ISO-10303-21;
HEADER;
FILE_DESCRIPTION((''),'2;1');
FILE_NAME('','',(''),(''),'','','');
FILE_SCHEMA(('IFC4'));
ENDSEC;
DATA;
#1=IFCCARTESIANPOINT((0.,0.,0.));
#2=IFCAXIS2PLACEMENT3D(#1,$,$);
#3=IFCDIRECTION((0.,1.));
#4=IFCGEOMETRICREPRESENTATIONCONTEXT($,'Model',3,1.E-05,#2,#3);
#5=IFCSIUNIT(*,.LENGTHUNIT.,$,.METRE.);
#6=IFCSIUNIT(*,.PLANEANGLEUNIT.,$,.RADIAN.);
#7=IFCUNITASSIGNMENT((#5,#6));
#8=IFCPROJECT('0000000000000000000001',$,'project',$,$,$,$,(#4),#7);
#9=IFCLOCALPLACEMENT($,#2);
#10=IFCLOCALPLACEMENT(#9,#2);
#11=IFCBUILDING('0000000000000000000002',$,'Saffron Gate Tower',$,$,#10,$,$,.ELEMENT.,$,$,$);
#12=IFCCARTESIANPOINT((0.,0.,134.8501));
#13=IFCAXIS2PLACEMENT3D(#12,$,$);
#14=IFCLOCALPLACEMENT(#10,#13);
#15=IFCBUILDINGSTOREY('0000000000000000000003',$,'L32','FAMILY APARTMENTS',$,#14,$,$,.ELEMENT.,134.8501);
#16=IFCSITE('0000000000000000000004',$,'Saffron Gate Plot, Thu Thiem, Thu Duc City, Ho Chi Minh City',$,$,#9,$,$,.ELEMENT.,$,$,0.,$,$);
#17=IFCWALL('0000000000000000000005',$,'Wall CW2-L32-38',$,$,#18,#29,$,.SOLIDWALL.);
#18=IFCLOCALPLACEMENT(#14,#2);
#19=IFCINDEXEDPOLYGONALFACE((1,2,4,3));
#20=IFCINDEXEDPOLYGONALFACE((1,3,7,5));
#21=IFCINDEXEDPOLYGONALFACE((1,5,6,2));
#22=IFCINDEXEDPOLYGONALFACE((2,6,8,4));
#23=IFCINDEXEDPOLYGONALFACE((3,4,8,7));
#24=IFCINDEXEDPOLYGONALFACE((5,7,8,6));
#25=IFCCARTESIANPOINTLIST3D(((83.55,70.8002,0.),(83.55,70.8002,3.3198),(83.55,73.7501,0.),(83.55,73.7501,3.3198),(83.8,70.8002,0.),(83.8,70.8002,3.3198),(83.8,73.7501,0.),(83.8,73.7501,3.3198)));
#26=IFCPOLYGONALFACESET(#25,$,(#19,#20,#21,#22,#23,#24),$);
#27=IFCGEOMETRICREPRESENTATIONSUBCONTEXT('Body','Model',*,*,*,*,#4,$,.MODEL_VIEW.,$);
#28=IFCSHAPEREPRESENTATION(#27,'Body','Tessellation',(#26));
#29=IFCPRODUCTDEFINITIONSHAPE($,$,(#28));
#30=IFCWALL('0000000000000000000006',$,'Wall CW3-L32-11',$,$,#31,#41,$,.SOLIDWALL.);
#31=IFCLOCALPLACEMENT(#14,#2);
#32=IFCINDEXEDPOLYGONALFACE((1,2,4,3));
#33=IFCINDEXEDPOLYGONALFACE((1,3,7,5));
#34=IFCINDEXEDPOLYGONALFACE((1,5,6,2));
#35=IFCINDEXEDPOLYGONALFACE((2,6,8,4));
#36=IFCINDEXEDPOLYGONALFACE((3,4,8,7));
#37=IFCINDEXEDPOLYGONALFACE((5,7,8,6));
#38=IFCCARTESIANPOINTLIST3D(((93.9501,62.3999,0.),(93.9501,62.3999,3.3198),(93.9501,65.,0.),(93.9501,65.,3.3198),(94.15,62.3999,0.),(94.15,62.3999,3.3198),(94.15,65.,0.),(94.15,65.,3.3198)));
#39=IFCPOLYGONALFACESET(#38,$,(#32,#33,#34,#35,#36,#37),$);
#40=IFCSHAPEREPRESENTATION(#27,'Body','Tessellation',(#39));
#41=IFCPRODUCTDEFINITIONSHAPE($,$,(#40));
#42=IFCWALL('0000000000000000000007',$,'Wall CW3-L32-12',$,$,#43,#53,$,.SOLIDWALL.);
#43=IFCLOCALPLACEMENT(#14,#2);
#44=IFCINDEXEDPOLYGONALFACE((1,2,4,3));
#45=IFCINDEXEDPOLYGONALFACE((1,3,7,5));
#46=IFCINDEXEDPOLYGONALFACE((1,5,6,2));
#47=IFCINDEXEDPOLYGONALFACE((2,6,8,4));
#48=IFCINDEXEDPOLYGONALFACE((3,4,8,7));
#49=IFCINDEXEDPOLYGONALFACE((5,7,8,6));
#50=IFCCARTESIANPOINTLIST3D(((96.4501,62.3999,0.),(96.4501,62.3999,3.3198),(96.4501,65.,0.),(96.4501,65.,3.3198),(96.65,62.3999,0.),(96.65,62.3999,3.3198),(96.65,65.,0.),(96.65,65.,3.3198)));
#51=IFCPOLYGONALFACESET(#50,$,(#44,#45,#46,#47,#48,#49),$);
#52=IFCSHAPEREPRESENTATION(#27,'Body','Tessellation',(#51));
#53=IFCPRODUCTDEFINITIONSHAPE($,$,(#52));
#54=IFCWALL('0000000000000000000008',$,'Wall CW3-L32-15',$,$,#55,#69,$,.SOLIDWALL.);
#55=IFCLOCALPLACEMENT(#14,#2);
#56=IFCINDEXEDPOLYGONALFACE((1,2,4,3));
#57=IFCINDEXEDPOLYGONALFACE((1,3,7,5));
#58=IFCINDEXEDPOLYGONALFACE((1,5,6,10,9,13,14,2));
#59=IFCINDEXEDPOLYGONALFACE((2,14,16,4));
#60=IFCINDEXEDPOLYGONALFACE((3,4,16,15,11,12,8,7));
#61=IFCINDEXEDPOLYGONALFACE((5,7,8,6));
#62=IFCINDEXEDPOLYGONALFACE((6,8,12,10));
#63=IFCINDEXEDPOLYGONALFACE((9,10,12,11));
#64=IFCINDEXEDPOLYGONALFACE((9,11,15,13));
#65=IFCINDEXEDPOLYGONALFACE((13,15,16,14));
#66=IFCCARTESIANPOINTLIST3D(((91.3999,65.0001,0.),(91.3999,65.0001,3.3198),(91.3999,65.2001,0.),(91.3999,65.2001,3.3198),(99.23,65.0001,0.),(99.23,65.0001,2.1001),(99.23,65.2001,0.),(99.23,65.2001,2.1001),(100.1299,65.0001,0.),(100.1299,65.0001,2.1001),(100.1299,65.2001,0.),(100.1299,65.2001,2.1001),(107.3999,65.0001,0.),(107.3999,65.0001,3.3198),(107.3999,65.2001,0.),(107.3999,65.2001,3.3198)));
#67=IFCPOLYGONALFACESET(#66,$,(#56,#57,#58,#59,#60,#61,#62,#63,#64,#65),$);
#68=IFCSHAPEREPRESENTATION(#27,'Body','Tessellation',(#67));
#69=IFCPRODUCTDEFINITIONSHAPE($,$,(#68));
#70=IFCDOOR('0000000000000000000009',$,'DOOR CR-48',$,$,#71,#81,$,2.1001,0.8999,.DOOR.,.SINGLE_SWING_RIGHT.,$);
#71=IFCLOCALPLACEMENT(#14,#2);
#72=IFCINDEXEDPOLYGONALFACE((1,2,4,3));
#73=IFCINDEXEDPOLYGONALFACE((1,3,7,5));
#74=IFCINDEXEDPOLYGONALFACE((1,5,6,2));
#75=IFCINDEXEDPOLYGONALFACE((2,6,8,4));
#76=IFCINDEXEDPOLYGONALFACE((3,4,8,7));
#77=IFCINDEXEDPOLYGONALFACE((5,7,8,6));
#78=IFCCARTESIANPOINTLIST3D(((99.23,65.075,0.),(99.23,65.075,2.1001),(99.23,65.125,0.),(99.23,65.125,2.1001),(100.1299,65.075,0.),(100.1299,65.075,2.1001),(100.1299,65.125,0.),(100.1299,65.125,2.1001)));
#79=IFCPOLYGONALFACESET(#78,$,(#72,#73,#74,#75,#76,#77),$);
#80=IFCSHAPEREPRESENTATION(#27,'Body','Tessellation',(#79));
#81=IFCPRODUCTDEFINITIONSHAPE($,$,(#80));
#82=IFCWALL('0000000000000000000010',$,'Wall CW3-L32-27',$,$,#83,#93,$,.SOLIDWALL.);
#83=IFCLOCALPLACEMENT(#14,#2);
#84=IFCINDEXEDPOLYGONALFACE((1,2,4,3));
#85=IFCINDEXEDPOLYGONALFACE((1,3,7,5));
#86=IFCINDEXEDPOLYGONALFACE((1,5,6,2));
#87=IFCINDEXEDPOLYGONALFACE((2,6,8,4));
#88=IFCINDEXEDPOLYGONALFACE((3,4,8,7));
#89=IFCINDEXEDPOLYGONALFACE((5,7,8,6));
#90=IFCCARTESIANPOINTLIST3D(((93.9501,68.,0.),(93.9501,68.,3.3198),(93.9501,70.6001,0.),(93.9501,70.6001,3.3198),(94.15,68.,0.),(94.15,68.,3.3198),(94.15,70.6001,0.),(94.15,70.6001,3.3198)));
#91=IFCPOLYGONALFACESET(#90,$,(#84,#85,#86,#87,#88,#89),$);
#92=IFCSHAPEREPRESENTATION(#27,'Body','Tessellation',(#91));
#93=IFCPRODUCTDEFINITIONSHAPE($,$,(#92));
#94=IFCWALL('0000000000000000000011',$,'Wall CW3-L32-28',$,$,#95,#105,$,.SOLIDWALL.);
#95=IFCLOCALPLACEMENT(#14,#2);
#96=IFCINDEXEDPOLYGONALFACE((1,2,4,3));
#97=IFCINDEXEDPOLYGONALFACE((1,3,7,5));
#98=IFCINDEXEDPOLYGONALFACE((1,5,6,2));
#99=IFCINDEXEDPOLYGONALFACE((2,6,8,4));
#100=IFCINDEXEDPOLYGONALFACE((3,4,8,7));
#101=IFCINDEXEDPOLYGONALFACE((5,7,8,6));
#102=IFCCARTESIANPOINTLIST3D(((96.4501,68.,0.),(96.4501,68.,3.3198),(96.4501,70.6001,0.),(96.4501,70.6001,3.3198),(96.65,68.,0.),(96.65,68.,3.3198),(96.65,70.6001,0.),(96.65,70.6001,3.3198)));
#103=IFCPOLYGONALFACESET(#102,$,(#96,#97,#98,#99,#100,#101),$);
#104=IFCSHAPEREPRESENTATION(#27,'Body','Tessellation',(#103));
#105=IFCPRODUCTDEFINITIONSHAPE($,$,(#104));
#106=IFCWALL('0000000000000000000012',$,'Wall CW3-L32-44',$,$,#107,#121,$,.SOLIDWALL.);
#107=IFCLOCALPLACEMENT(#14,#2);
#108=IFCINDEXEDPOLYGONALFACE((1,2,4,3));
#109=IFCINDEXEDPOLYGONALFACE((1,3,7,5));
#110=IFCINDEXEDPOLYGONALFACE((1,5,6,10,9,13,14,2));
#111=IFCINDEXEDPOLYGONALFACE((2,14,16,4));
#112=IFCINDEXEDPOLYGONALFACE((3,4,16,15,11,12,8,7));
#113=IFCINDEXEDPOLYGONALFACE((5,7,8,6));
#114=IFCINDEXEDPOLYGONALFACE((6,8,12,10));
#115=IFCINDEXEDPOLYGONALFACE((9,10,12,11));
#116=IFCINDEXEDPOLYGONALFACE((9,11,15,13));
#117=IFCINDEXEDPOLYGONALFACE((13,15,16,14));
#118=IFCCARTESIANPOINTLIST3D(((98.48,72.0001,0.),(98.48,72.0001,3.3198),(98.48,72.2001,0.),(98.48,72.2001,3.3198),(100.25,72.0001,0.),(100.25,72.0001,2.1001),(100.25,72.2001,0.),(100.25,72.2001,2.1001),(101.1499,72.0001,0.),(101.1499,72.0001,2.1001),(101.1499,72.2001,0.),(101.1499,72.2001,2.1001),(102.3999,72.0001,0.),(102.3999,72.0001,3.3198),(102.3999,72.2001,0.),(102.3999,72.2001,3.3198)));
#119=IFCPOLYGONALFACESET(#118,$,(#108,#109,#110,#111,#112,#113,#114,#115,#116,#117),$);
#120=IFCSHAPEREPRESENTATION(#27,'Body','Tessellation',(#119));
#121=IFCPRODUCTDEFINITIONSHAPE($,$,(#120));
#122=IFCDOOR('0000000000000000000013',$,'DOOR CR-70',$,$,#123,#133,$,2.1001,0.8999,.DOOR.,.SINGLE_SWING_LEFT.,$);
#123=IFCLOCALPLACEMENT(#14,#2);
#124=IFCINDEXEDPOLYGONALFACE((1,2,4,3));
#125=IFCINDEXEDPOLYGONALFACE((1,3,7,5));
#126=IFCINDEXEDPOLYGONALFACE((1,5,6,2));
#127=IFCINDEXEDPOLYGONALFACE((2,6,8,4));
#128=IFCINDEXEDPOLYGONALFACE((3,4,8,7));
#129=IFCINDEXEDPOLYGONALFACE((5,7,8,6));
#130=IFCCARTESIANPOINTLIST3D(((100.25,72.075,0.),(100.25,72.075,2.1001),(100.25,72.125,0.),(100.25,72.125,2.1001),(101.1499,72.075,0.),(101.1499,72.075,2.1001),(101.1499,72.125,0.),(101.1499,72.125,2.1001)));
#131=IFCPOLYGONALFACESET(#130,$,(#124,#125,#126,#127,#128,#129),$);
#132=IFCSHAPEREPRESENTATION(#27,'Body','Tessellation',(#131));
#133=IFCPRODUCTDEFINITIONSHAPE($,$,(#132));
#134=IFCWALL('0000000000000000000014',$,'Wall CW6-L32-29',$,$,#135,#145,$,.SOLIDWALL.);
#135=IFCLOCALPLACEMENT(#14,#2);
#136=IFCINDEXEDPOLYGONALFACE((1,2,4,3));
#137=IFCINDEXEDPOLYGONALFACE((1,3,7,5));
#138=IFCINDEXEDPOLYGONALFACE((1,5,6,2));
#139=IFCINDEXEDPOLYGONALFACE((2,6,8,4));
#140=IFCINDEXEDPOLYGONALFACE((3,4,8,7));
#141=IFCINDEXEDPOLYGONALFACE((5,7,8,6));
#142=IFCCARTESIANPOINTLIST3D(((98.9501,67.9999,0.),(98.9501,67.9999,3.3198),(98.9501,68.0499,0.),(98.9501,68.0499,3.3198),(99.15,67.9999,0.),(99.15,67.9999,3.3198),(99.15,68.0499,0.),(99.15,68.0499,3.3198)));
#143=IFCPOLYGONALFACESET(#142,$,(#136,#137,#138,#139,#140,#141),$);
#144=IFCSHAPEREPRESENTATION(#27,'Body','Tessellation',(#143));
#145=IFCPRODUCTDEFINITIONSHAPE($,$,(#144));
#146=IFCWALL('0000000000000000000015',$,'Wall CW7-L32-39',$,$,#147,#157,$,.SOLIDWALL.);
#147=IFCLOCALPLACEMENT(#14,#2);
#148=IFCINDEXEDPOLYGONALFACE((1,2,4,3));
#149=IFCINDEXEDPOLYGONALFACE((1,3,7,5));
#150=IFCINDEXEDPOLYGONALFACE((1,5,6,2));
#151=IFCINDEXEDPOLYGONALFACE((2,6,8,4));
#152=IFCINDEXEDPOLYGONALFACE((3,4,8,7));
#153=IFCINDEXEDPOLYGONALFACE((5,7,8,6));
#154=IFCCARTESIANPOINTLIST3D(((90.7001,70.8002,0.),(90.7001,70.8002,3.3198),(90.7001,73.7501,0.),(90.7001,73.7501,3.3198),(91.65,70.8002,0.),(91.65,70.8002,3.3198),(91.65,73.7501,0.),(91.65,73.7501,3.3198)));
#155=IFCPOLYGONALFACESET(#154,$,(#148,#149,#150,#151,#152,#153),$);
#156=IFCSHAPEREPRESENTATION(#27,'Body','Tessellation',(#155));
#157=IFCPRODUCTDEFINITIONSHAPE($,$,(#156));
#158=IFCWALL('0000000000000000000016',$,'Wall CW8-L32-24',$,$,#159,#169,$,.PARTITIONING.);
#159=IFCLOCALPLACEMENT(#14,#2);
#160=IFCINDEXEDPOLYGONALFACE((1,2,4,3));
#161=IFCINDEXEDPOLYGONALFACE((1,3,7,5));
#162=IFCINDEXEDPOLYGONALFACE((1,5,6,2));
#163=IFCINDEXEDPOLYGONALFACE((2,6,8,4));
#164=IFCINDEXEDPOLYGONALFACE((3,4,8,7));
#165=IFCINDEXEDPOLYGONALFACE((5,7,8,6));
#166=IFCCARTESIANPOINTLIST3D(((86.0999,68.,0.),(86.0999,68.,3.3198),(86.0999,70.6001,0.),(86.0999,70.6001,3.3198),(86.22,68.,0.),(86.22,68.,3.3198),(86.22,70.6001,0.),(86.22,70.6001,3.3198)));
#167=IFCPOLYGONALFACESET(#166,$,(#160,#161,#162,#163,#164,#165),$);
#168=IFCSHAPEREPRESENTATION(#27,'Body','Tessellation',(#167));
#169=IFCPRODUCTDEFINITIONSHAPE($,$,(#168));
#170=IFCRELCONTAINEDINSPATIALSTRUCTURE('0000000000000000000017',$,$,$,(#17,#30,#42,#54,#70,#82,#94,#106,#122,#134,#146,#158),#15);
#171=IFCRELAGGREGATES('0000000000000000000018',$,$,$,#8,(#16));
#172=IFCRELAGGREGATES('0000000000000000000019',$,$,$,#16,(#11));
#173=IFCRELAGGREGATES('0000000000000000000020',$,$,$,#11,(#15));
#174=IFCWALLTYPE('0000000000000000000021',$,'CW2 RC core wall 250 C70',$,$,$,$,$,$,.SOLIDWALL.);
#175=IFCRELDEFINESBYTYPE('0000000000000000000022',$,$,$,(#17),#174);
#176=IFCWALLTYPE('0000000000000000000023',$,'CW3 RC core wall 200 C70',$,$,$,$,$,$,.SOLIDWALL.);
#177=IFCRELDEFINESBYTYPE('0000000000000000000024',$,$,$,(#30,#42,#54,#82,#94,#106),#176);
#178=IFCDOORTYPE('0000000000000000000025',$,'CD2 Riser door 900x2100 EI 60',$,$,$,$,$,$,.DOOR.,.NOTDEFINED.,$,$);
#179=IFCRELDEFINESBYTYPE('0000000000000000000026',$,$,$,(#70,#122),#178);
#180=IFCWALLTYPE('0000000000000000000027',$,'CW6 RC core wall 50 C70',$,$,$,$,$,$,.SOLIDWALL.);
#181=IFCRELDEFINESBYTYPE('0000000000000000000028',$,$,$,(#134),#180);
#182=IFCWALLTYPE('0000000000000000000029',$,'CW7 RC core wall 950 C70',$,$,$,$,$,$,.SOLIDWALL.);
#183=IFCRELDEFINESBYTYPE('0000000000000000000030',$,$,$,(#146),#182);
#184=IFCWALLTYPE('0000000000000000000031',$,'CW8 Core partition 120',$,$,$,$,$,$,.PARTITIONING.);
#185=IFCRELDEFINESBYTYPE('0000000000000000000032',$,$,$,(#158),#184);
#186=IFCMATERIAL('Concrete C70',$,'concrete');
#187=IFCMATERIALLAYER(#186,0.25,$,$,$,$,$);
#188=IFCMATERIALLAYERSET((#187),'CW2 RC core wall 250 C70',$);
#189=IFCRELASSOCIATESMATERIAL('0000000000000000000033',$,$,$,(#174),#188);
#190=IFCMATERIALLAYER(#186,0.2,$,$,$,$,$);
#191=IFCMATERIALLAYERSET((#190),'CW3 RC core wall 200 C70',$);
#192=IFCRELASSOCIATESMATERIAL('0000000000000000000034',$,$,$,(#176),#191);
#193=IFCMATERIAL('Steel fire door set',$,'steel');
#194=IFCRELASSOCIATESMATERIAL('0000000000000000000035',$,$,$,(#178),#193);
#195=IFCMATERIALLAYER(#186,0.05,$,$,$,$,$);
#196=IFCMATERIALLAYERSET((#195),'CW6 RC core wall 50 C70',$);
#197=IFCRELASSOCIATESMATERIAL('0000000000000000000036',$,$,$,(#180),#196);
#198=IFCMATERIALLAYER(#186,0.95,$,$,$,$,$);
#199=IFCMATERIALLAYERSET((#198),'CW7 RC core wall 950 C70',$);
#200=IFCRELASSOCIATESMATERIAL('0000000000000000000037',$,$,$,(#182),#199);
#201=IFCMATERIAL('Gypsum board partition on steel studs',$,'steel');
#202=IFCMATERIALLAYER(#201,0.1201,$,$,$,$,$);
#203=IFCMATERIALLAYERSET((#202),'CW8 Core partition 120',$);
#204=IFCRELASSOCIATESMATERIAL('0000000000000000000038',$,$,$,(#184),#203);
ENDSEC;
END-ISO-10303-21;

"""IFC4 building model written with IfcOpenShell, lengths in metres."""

from ifc_helpers import new_model, si_unit, direction, frame, frame_2d, origin, place, context, subcontext, project, spatial, rectangle, extrude, material, layer, layer_set, type_object, element, fill, save


model = new_model("IFC4")

# Units and contexts
model_context = context("Model", 3, precision=1e-05, world=origin(), true_north=direction((0.0, 1.0)))
body_context = subcontext(model_context, "Body", "Model", "MODEL_VIEW")
ifc_project = project(units=[si_unit("LENGTHUNIT", "METRE"), si_unit("PLANEANGLEUNIT", "RADIAN")], contexts=[model_context])

# Site, building, storey
site_placement = place(None, origin())
site = spatial("IfcSite", under=ifc_project, at=site_placement, Name="Saffron Gate Plot, Thu Thiem, Thu Duc City, Ho Chi Minh City", CompositionType="ELEMENT", RefElevation=0.0)
building_placement = place(site_placement, origin())
building = spatial("IfcBuilding", under=site, at=building_placement, Name="Saffron Gate Tower", CompositionType="ELEMENT")
storey_placement = place(building_placement, frame((0.0, 0.0, 134.8501)))
storey = spatial("IfcBuildingStorey", under=building, at=storey_placement, Name="L32", Description="FAMILY APARTMENTS", CompositionType="ELEMENT", Elevation=134.8501)

# Shared definitions
ifc_material_1 = material(Name="Gypsum board partition on steel studs", Category="steel")
ifc_material_2 = material(Name="Concrete C70", Category="concrete")
ifc_layer_1 = layer(ifc_material_2, 0.25)
ifc_layer_set_1 = layer_set([ifc_layer_1], Name="CW2 RC core wall 250 C70")
wall_type_1 = type_object("IfcWallType", Name="CW2 RC core wall 250 C70", PredefinedType="SOLIDWALL", material=ifc_layer_set_1)

# Shared definitions
ifc_material_3 = material(Name="Steel fire door set", Category="steel")

# Walls
wall_1_placement = place(storey_placement, frame((83.675, 70.8, 0.0), z_axis=(0.0, 0.0, 1.0), x_axis=(0.0, 1.0, 0.0)))
element("IfcWall", 1, at=wall_1_placement, inside=storey, type_object=wall_type_1, Name="Wall CW2-L32-38", PredefinedType="SOLIDWALL", context=body_context, shape_type="SweptSolid", body=[
    extrude(rectangle(XDim=2.95, YDim=0.25, at=frame_2d((1.4751, 0.0))), origin(), (0.0, 0.0, 1.0), 3.3198),
])
ifc_layer_2 = layer(ifc_material_2, 0.2)
ifc_layer_set_2 = layer_set([ifc_layer_2], Name="CW3 RC core wall 200 C70")
wall_type_2 = type_object("IfcWallType", Name="CW3 RC core wall 200 C70", PredefinedType="SOLIDWALL", material=ifc_layer_set_2)
for number, where, z_axis, x_axis, name in (
    (2, (94.05, 62.3999, 0.0), (0.0, 0.0, 1.0), (0.0, 1.0, 0.0), "Wall CW3-L32-11"),
    (3, (96.55, 62.3999, 0.0), (0.0, 0.0, 1.0), (0.0, 1.0, 0.0), "Wall CW3-L32-12"),
):
    element("IfcWall", number, at=place(storey_placement, frame(where, z_axis=z_axis, x_axis=x_axis)), inside=storey, type_object=wall_type_2, Name=name, PredefinedType="SOLIDWALL", context=body_context, shape_type="SweptSolid", body=[
        extrude(rectangle(XDim=2.6001, YDim=0.2, at=frame_2d((1.3, 0.0))), origin(), (0.0, 0.0, 1.0), 3.3198),
    ])

# Wall, opening, door
wall_2_placement = place(storey_placement, frame((91.3999, 65.1001, 0.0), z_axis=(0.0, 0.0, 1.0), x_axis=(1.0, 0.0, 0.0)))
wall_2 = element("IfcWall", 4, at=wall_2_placement, inside=storey, type_object=wall_type_2, Name="Wall CW3-L32-15", PredefinedType="SOLIDWALL", context=body_context, shape_type="SweptSolid", body=[
    extrude(rectangle(XDim=16.0, YDim=0.2, at=frame_2d((8.0, 0.0))), origin(), (0.0, 0.0, 1.0), 3.3198),
])
opening_1_placement = place(wall_2_placement, frame((7.8301, 0.0, 0.0)))
opening_1 = element("IfcOpeningElement", 5, at=opening_1_placement, cuts=wall_2, PredefinedType="OPENING", context=body_context, shape_type="SweptSolid", body=[
    extrude(rectangle(XDim=0.8999, YDim=2.1001, at=frame_2d((0.45, 1.05))), frame((0.0, 0.1099, 0.0), z_axis=(0.0, -1.0, 0.0), x_axis=(1.0, 0.0, 0.0)), (0.0, 0.0, 1.0), 0.22),
])
door_type_1 = type_object("IfcDoorType", Name="CD2 Riser door 900x2100 EI 60", OperationType="NOTDEFINED", PredefinedType="DOOR", material=ifc_material_3)
door_1_placement = place(opening_1_placement, origin())
door_1 = element("IfcDoor", 6, at=door_1_placement, inside=storey, type_object=door_type_1, Name="DOOR CR-48", OperationType="SINGLE_SWING_RIGHT", OverallHeight=2.1001, OverallWidth=0.8999, PredefinedType="DOOR", context=body_context, shape_type="SweptSolid", body=[
    extrude(rectangle(XDim=0.8999, YDim=2.1001, at=frame_2d((0.45, 1.05))), frame((0.0, 0.0249, 0.0), z_axis=(0.0, -1.0, 0.0), x_axis=(1.0, 0.0, 0.0)), (0.0, 0.0, 1.0), 0.05),
])
fill(opening_1, door_1)

# Walls
for number, where, z_axis, x_axis, name in (
    (7, (94.05, 68.0, 0.0), (0.0, 0.0, 1.0), (0.0, 1.0, 0.0), "Wall CW3-L32-27"),
    (8, (96.55, 68.0, 0.0), (0.0, 0.0, 1.0), (0.0, 1.0, 0.0), "Wall CW3-L32-28"),
):
    element("IfcWall", number, at=place(storey_placement, frame(where, z_axis=z_axis, x_axis=x_axis)), inside=storey, type_object=wall_type_2, Name=name, PredefinedType="SOLIDWALL", context=body_context, shape_type="SweptSolid", body=[
        extrude(rectangle(XDim=2.6001, YDim=0.2, at=frame_2d((1.3, 0.0))), origin(), (0.0, 0.0, 1.0), 3.3198),
    ])

# Wall, opening, door
wall_3_placement = place(storey_placement, frame((98.48, 72.1001, 0.0), z_axis=(0.0, 0.0, 1.0), x_axis=(1.0, 0.0, 0.0)))
wall_3 = element("IfcWall", 9, at=wall_3_placement, inside=storey, type_object=wall_type_2, Name="Wall CW3-L32-44", PredefinedType="SOLIDWALL", context=body_context, shape_type="SweptSolid", body=[
    extrude(rectangle(XDim=3.9199, YDim=0.2, at=frame_2d((1.96, 0.0))), origin(), (0.0, 0.0, 1.0), 3.3198),
])
opening_2_placement = place(wall_3_placement, frame((1.77, 0.0, 0.0)))
opening_2 = element("IfcOpeningElement", 10, at=opening_2_placement, cuts=wall_3, PredefinedType="OPENING", context=body_context, shape_type="SweptSolid", body=[
    extrude(rectangle(XDim=0.8999, YDim=2.1001, at=frame_2d((0.45, 1.05))), frame((0.0, 0.1099, 0.0), z_axis=(0.0, -1.0, 0.0), x_axis=(1.0, 0.0, 0.0)), (0.0, 0.0, 1.0), 0.22),
])
door_2_placement = place(opening_2_placement, origin())
door_2 = element("IfcDoor", 11, at=door_2_placement, inside=storey, type_object=door_type_1, Name="DOOR CR-70", OperationType="SINGLE_SWING_LEFT", OverallHeight=2.1001, OverallWidth=0.8999, PredefinedType="DOOR", context=body_context, shape_type="SweptSolid", body=[
    extrude(rectangle(XDim=0.8999, YDim=2.1001, at=frame_2d((0.45, 1.05))), frame((0.0, 0.0249, 0.0), z_axis=(0.0, -1.0, 0.0), x_axis=(1.0, 0.0, 0.0)), (0.0, 0.0, 1.0), 0.05),
])
fill(opening_2, door_2)

# Walls
ifc_layer_3 = layer(ifc_material_2, 0.05)
ifc_layer_set_3 = layer_set([ifc_layer_3], Name="CW6 RC core wall 50 C70")
wall_type_3 = type_object("IfcWallType", Name="CW6 RC core wall 50 C70", PredefinedType="SOLIDWALL", material=ifc_layer_set_3)
wall_4_placement = place(storey_placement, frame((98.95, 68.0249, 0.0), z_axis=(0.0, 0.0, 1.0), x_axis=(1.0, 0.0, 0.0)))
element("IfcWall", 12, at=wall_4_placement, inside=storey, type_object=wall_type_3, Name="Wall CW6-L32-29", PredefinedType="SOLIDWALL", context=body_context, shape_type="SweptSolid", body=[
    extrude(rectangle(XDim=0.2, YDim=0.05, at=frame_2d((0.1001, 0.0))), origin(), (0.0, 0.0, 1.0), 3.3198),
])
ifc_layer_4 = layer(ifc_material_2, 0.95)
ifc_layer_set_4 = layer_set([ifc_layer_4], Name="CW7 RC core wall 950 C70")
wall_type_4 = type_object("IfcWallType", Name="CW7 RC core wall 950 C70", PredefinedType="SOLIDWALL", material=ifc_layer_set_4)
wall_5_placement = place(storey_placement, frame((91.175, 70.8, 0.0), z_axis=(0.0, 0.0, 1.0), x_axis=(0.0, 1.0, 0.0)))
element("IfcWall", 13, at=wall_5_placement, inside=storey, type_object=wall_type_4, Name="Wall CW7-L32-39", PredefinedType="SOLIDWALL", context=body_context, shape_type="SweptSolid", body=[
    extrude(rectangle(XDim=2.95, YDim=0.95, at=frame_2d((1.4751, 0.0))), origin(), (0.0, 0.0, 1.0), 3.3198),
])
ifc_layer_5 = layer(ifc_material_1, 0.1201)
ifc_layer_set_5 = layer_set([ifc_layer_5], Name="CW8 Core partition 120")
wall_type_5 = type_object("IfcWallType", Name="CW8 Core partition 120", PredefinedType="PARTITIONING", material=ifc_layer_set_5)
wall_6_placement = place(storey_placement, frame((86.1599, 68.0, 0.0), z_axis=(0.0, 0.0, 1.0), x_axis=(0.0, 1.0, 0.0)))
element("IfcWall", 14, at=wall_6_placement, inside=storey, type_object=wall_type_5, Name="Wall CW8-L32-24", PredefinedType="PARTITIONING", context=body_context, shape_type="SweptSolid", body=[
    extrude(rectangle(XDim=2.6001, YDim=0.1201, at=frame_2d((1.3, 0.0))), origin(), (0.0, 0.0, 1.0), 3.3198),
])

save(model, "model.ifc")
